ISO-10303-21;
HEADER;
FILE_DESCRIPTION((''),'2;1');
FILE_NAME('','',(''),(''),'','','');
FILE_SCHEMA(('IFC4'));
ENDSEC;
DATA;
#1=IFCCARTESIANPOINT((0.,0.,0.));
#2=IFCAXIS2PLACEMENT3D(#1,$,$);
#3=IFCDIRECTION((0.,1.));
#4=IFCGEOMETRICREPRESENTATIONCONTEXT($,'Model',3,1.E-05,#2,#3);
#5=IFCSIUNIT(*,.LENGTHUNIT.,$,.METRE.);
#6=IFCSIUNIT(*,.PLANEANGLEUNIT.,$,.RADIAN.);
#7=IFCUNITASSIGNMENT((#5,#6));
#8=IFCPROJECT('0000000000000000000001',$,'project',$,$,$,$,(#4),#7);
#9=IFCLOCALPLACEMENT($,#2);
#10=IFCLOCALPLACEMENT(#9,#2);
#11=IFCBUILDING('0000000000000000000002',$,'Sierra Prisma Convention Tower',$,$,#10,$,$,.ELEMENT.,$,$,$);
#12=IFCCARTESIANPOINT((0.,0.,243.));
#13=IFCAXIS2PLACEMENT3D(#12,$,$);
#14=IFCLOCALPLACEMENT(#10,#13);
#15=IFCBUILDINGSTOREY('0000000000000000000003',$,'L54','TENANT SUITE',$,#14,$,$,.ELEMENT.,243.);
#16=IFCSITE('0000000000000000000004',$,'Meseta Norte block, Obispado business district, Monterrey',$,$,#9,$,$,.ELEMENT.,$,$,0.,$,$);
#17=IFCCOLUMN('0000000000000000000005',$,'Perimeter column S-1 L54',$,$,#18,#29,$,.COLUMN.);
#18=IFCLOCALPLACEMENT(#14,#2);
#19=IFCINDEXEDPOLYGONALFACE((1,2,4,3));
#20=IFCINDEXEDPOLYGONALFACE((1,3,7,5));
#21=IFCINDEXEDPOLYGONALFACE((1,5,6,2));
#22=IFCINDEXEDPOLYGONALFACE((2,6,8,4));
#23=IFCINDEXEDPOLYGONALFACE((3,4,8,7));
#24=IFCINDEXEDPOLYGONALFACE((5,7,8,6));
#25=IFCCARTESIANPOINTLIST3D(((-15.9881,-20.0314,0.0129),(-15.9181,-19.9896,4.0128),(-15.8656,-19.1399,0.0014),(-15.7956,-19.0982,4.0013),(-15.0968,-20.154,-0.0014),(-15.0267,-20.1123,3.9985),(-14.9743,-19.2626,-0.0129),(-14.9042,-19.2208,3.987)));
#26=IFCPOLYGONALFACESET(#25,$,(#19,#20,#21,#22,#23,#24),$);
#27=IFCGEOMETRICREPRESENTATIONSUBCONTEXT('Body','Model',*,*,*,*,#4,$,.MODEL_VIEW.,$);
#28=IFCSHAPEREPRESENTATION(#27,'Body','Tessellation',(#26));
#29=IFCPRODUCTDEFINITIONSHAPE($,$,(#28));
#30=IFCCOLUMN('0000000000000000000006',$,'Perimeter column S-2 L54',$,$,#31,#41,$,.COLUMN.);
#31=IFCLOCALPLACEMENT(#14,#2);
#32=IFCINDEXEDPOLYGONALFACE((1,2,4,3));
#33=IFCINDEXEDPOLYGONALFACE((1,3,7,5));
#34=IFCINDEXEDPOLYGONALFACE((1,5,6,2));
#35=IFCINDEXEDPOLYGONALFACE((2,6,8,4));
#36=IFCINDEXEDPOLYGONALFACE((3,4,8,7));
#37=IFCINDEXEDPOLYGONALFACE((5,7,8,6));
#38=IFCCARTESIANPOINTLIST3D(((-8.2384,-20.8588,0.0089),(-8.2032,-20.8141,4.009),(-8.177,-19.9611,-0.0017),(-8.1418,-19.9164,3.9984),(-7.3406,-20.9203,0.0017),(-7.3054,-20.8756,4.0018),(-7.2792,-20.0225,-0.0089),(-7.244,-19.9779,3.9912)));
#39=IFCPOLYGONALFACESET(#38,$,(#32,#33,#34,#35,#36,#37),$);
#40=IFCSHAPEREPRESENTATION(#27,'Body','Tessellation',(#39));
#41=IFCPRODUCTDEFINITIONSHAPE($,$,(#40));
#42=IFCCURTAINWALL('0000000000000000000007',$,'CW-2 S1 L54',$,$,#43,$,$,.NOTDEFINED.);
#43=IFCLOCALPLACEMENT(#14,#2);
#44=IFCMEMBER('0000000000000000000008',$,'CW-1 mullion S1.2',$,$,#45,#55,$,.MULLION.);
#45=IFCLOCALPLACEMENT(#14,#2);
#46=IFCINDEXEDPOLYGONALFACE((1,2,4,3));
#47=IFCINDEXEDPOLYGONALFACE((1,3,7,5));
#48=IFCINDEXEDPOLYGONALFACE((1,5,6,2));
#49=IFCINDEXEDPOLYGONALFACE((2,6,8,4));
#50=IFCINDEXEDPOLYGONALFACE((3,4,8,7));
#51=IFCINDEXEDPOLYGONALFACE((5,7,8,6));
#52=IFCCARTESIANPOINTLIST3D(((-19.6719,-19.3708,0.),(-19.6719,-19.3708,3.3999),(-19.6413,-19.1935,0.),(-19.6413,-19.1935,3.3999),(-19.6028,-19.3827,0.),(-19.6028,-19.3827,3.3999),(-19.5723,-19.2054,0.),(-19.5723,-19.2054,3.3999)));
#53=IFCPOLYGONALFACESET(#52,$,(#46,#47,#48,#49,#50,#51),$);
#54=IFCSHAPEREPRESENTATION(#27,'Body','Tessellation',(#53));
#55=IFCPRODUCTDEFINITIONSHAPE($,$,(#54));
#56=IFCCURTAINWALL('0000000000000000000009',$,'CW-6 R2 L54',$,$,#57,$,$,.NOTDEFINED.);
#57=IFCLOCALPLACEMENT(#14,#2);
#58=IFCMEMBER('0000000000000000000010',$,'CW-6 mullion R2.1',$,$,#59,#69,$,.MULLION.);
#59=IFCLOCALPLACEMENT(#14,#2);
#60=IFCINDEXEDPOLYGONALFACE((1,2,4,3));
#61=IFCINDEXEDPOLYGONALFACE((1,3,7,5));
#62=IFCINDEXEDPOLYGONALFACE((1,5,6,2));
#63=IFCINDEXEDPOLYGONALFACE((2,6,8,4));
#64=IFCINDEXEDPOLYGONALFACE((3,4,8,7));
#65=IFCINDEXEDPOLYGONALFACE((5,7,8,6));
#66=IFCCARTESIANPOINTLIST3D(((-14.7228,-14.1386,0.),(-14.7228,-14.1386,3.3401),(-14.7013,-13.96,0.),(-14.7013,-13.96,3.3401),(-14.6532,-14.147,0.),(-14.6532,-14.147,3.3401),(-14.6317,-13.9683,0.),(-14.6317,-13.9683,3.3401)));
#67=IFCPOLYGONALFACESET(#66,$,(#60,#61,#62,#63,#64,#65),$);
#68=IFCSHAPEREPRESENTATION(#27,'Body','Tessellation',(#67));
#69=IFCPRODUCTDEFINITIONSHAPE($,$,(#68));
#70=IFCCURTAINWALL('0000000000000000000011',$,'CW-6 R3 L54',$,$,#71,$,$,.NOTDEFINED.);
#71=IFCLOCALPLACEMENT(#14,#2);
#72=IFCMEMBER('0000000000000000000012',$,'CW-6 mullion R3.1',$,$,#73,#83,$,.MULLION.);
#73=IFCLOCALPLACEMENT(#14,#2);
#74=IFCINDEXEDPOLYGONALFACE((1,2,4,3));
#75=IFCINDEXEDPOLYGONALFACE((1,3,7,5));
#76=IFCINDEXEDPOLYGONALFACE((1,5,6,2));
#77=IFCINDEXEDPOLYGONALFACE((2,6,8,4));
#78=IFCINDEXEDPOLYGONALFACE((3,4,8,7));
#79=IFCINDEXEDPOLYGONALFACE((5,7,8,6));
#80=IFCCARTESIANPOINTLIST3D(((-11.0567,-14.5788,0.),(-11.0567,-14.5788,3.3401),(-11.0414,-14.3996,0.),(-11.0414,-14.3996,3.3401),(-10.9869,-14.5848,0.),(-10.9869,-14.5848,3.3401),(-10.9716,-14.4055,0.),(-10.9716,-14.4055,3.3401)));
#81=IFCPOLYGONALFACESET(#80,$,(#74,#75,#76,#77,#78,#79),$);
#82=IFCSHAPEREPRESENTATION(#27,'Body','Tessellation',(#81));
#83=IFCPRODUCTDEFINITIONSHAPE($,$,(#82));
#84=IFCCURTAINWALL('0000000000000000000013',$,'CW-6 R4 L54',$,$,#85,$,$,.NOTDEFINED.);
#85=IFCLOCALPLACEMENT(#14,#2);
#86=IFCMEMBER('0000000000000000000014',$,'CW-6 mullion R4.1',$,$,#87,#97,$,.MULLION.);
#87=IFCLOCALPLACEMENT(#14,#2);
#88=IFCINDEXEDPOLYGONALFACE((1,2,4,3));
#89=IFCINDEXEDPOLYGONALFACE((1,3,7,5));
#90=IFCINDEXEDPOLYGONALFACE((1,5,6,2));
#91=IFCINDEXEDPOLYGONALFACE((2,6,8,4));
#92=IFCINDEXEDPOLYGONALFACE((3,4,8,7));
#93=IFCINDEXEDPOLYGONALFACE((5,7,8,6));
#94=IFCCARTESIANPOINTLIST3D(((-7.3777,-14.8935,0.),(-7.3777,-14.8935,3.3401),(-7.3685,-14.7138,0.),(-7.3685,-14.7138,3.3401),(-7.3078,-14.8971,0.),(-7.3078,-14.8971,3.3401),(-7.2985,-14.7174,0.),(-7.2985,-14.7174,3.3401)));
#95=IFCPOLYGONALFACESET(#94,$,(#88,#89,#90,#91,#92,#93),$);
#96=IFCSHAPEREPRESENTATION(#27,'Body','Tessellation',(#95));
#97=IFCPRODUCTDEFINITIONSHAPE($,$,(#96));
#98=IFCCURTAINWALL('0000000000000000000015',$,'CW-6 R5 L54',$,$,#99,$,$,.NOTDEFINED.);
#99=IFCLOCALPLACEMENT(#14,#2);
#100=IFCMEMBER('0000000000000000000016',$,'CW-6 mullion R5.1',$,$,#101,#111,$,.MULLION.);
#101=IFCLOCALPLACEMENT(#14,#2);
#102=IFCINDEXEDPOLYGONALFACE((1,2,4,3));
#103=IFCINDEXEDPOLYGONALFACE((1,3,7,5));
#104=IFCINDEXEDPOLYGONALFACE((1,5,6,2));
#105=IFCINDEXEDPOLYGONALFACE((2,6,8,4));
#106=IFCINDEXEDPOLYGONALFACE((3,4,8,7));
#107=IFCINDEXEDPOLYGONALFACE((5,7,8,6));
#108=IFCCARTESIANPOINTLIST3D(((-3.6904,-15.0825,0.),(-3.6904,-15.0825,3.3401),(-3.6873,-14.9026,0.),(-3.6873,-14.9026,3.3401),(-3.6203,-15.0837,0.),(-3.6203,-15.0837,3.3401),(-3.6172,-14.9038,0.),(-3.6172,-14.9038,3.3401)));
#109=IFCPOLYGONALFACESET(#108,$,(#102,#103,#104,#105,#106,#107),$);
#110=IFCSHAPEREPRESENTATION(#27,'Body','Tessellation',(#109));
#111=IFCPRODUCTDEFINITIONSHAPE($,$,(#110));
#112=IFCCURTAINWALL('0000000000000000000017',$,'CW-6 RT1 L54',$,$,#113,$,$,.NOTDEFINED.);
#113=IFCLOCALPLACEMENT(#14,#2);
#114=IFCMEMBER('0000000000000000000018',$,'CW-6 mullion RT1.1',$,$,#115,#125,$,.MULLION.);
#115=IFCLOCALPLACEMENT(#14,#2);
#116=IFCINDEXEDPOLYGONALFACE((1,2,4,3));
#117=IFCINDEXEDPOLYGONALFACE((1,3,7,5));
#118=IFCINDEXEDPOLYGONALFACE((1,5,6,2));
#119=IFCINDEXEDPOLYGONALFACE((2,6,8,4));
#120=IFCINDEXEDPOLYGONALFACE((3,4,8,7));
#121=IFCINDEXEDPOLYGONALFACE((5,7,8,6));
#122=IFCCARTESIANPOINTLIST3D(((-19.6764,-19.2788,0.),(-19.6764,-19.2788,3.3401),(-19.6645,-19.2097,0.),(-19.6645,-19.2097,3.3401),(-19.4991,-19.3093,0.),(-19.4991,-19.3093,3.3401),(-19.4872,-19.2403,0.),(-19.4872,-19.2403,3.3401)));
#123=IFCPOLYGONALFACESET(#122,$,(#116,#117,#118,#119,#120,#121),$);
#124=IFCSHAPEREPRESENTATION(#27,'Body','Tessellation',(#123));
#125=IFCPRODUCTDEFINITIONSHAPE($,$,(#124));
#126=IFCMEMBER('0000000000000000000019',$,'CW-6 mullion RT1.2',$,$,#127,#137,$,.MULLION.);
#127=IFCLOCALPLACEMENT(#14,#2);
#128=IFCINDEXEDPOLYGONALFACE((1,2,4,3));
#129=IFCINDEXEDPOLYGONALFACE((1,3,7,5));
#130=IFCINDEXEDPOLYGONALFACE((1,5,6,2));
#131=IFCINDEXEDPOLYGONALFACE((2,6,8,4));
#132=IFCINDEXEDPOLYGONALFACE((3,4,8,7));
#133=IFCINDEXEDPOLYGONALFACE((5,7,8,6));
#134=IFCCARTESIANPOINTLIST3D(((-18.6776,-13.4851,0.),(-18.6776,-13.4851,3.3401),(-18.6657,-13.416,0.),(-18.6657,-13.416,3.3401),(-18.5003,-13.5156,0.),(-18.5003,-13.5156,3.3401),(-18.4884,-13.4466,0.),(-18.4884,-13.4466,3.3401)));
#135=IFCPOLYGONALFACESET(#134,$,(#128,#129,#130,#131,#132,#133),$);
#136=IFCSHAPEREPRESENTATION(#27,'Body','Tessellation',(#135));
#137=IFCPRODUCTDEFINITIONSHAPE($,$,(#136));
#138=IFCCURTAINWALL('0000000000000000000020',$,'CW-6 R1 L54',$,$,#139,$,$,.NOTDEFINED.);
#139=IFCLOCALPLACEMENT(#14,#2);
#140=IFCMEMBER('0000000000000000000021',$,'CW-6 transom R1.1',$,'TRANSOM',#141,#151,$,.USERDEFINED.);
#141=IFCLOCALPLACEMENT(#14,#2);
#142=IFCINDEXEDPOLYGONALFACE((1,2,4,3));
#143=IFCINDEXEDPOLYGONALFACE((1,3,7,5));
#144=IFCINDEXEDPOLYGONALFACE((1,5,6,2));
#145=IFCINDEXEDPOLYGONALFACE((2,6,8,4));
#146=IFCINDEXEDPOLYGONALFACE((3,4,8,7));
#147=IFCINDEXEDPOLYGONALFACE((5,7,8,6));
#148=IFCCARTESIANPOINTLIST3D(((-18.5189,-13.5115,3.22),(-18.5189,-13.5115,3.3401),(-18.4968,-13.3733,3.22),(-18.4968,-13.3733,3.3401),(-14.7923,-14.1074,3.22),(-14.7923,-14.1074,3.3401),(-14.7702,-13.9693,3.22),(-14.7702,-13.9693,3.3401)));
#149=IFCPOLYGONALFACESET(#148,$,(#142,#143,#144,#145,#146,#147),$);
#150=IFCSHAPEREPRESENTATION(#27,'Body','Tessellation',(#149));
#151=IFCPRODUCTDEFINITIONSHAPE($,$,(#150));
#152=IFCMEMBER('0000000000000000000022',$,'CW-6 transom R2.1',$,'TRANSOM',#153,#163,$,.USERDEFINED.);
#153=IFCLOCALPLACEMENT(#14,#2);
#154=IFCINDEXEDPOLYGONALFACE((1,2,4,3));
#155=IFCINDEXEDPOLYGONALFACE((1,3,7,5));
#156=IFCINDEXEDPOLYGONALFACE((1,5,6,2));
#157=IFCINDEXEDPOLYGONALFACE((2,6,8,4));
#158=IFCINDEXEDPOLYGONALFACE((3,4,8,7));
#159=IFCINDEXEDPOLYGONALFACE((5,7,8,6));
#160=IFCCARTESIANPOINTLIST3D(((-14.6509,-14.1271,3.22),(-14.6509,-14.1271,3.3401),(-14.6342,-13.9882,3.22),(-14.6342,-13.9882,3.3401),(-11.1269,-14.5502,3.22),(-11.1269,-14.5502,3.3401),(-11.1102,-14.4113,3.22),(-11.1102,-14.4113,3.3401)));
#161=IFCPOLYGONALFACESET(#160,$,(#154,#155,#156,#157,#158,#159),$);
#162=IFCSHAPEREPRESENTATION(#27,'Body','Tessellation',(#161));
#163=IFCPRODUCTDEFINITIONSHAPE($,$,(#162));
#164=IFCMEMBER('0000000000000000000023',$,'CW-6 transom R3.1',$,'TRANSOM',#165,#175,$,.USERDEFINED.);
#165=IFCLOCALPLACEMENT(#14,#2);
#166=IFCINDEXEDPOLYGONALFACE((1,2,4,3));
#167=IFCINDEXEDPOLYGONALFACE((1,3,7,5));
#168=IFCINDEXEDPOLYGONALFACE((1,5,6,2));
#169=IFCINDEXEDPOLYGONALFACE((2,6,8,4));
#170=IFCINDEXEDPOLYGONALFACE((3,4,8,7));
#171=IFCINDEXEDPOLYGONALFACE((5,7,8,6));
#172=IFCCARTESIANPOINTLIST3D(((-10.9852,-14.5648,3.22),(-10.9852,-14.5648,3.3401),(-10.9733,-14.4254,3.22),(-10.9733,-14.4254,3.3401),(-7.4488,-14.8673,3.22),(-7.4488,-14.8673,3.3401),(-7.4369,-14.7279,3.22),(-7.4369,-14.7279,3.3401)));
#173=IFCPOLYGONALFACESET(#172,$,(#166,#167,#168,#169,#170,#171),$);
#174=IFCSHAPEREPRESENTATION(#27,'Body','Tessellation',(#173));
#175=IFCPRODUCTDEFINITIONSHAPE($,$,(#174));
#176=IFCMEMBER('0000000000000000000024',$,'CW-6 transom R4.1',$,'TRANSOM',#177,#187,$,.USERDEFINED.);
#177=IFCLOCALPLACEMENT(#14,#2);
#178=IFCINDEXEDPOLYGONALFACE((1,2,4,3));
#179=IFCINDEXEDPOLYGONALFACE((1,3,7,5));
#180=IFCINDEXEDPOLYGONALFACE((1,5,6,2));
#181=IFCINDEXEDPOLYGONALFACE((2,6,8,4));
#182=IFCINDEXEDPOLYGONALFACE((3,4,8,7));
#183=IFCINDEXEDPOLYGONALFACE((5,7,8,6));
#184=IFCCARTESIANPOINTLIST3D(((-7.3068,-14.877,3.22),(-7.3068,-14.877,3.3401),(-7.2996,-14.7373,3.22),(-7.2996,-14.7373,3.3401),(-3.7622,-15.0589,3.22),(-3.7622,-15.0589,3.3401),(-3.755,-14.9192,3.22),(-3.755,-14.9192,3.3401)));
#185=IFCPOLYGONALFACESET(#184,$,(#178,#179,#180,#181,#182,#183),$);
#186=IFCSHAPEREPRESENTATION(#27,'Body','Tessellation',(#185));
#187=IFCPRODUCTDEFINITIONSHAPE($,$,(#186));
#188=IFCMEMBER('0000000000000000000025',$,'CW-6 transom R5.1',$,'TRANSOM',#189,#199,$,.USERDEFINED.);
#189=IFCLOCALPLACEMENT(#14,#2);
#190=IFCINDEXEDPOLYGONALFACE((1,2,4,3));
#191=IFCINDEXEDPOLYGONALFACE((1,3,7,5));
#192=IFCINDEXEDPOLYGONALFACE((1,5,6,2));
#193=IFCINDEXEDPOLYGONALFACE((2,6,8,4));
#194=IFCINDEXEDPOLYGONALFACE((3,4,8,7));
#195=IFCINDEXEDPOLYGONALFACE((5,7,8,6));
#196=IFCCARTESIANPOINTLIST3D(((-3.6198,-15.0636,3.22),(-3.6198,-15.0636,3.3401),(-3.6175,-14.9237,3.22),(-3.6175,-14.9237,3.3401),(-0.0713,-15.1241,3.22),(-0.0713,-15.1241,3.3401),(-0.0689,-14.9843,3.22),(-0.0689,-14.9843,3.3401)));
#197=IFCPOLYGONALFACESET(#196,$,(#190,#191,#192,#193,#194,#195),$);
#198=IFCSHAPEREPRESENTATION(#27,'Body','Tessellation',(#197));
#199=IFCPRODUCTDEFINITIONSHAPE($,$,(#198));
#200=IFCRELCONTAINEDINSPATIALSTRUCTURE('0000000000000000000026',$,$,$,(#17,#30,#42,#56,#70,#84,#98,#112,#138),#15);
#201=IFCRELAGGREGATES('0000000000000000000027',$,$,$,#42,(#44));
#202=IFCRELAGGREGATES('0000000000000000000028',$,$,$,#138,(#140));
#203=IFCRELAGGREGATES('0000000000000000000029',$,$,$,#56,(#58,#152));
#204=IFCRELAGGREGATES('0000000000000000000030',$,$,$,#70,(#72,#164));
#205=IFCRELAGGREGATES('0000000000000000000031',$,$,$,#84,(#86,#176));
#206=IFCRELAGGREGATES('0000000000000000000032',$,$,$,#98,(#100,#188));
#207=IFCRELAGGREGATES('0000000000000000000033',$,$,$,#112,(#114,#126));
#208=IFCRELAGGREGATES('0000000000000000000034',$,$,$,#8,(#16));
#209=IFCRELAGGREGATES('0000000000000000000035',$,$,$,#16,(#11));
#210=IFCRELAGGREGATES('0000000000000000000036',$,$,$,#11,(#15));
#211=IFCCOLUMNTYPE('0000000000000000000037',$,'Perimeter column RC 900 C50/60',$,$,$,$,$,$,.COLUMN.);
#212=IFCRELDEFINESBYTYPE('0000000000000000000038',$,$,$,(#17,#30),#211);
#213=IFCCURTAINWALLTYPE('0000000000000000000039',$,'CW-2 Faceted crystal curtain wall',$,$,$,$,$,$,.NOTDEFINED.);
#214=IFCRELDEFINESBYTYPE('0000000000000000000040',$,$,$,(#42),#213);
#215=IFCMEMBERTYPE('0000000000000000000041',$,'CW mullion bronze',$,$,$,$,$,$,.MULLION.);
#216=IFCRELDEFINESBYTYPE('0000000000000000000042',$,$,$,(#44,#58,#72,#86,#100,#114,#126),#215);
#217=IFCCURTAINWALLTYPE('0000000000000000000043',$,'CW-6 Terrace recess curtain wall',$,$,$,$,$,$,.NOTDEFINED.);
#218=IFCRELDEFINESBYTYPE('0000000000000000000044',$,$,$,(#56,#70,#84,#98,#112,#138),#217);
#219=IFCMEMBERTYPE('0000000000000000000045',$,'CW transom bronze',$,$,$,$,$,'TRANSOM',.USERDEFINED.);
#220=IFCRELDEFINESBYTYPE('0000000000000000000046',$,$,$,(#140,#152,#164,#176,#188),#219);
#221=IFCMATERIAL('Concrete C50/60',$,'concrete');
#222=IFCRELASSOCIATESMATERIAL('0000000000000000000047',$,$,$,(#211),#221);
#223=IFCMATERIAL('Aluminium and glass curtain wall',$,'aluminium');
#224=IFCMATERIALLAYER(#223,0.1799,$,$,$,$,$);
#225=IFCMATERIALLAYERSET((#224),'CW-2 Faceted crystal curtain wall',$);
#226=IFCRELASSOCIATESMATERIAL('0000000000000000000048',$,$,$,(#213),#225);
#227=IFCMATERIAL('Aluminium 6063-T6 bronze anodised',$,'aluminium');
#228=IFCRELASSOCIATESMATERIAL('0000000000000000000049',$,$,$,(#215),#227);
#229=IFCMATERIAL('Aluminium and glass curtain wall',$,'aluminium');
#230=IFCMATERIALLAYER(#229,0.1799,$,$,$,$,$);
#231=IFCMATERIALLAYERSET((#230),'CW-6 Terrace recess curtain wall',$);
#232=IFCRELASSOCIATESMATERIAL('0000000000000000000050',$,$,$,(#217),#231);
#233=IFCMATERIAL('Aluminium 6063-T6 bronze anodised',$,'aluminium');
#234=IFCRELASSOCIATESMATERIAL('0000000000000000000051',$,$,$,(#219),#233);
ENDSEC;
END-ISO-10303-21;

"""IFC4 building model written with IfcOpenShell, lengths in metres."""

from ifc_helpers import new_model, si_unit, direction, frame, origin, origin_2d, place, context, subcontext, project, spatial, rectangle, extrude, material, layer, layer_set, material_profile, profile_set, type_object, element, aggregate, save


model = new_model("IFC4")

# Units and contexts
model_context = context("Model", 3, precision=1e-05, world=origin(), true_north=direction((0.0, 1.0)))
body_context = subcontext(model_context, "Body", "Model", "MODEL_VIEW")
ifc_project = project(units=[si_unit("LENGTHUNIT", "METRE"), si_unit("PLANEANGLEUNIT", "RADIAN")], contexts=[model_context])

# Site, building, storey
site_placement = place(None, origin())
site = spatial("IfcSite", under=ifc_project, at=site_placement, Name="Meseta Norte block, Obispado business district, Monterrey", CompositionType="ELEMENT", RefElevation=0.0)
building_placement = place(site_placement, origin())
building = spatial("IfcBuilding", under=site, at=building_placement, Name="Sierra Prisma Convention Tower", CompositionType="ELEMENT")
storey_placement = place(building_placement, frame((0.0, 0.0, 243.0)))
storey = spatial("IfcBuildingStorey", under=building, at=storey_placement, Name="L54", Description="TENANT SUITE", CompositionType="ELEMENT", Elevation=243.0)

# Columns
ifc_material_1 = material(Name="Concrete C50/60", Category="concrete")
ifc_material_profile_1 = material_profile(ifc_material_1, rectangle(XDim=0.8999, YDim=0.8999, at=origin_2d()), Name="Perimeter column RC 900 C50/60")
ifc_profile_set_1 = profile_set([ifc_material_profile_1], Name="Concrete C50/60")
column_type = type_object("IfcColumnType", Name="Perimeter column RC 900 C50/60", PredefinedType="COLUMN", material=ifc_profile_set_1)
column_1_placement = place(storey_placement, frame((-15.4812, -19.647, 0.0), z_axis=(0.017513, 0.010435, 0.999792), x_axis=(-0.990536, 0.136323, 0.015929)))
element("IfcColumn", 1, at=column_1_placement, inside=storey, type_object=column_type, Name="Perimeter column S-1 L54", PredefinedType="COLUMN", context=body_context, shape_type="SweptSolid", body=[
    extrude(rectangle(XDim=0.8999, YDim=0.8999, at=origin_2d()), origin(), (0.0, 0.0, 1.0), 4.0007),
])
column_2_placement = place(storey_placement, frame((-7.7588, -20.4407, 0.0), z_axis=(0.008788, 0.011168, 0.999899), x_axis=(-0.997631, 0.068328, 0.008005)))
element("IfcColumn", 2, at=column_2_placement, inside=storey, type_object=column_type, Name="Perimeter column S-2 L54", PredefinedType="COLUMN", context=body_context, shape_type="SweptSolid", body=[
    extrude(rectangle(XDim=0.8999, YDim=0.8999, at=origin_2d()), origin(), (0.0, 0.0, 1.0), 4.0005),
])

# Curtain walls, members
ifc_material_2 = material(Name="Aluminium and glass curtain wall", Category="aluminium")
ifc_layer_1 = layer(ifc_material_2, 0.1799)
ifc_layer_set_1 = layer_set([ifc_layer_1], Name="CW-2 Faceted crystal curtain wall")
curtain_wall_type_1 = type_object("IfcCurtainWallType", Name="CW-2 Faceted crystal curtain wall", PredefinedType="NOTDEFINED", material=ifc_layer_set_1)
curtain_wall_1_placement = place(storey_placement, origin())
curtain_wall_1 = element("IfcCurtainWall", 3, at=curtain_wall_1_placement, inside=storey, type_object=curtain_wall_type_1, Name="CW-2 S1 L54", PredefinedType="NOTDEFINED")
ifc_material_3 = material(Name="Aluminium 6063-T6 bronze anodised", Category="aluminium")
ifc_material_profile_2 = material_profile(ifc_material_3, rectangle(XDim=0.1799, YDim=0.0701, at=origin_2d()), Name="ALU MULLION 70x180")
ifc_profile_set_2 = profile_set([ifc_material_profile_2], Name="Aluminium 6063-T6 bronze anodised")
member_type_1 = type_object("IfcMemberType", Name="CW mullion bronze", PredefinedType="MULLION", material=ifc_profile_set_2)
member_1_placement = place(storey_placement, frame((-19.6221, -19.2881, 0.0), z_axis=(0.0, 0.0, 1.0), x_axis=(0.16989, 0.985463, 0.0)))
member_1 = element("IfcMember", 4, at=member_1_placement, type_object=member_type_1, Name="CW-1 mullion S1.2", PredefinedType="MULLION", context=body_context, shape_type="SweptSolid", body=[
    extrude(rectangle(XDim=0.1799, YDim=0.0701, at=origin_2d()), origin(), (0.0, 0.0, 1.0), 3.3999),
])
aggregate(curtain_wall_1, [member_1])
ifc_material_4 = material(Name="Aluminium and glass curtain wall", Category="aluminium")
ifc_layer_2 = layer(ifc_material_4, 0.1799)
ifc_layer_set_2 = layer_set([ifc_layer_2], Name="CW-6 Terrace recess curtain wall")
curtain_wall_type_2 = type_object("IfcCurtainWallType", Name="CW-6 Terrace recess curtain wall", PredefinedType="NOTDEFINED", material=ifc_layer_set_2)
curtain_wall_2_placement = place(storey_placement, origin())
curtain_wall_2 = element("IfcCurtainWall", 5, at=curtain_wall_2_placement, inside=storey, type_object=curtain_wall_type_2, Name="CW-6 R2 L54", PredefinedType="NOTDEFINED")
member_2_placement = place(storey_placement, frame((-14.6772, -14.0535, 0.0), z_axis=(0.0, 0.0, 1.0), x_axis=(0.119218, 0.992868, 0.0)))
member_2 = element("IfcMember", 6, at=member_2_placement, type_object=member_type_1, Name="CW-6 mullion R2.1", PredefinedType="MULLION", context=body_context, shape_type="SweptSolid", body=[
    extrude(rectangle(XDim=0.1799, YDim=0.0701, at=origin_2d()), origin(), (0.0, 0.0, 1.0), 3.3401),
])
curtain_wall_3_placement = place(storey_placement, origin())
curtain_wall_3 = element("IfcCurtainWall", 7, at=curtain_wall_3_placement, inside=storey, type_object=curtain_wall_type_2, Name="CW-6 R3 L54", PredefinedType="NOTDEFINED")
member_3_placement = place(storey_placement, frame((-11.0142, -14.4922, 0.0), z_axis=(0.0, 0.0, 1.0), x_axis=(0.085255, 0.996359, 0.0)))
member_3 = element("IfcMember", 8, at=member_3_placement, type_object=member_type_1, Name="CW-6 mullion R3.1", PredefinedType="MULLION", context=body_context, shape_type="SweptSolid", body=[
    extrude(rectangle(XDim=0.1799, YDim=0.0701, at=origin_2d()), origin(), (0.0, 0.0, 1.0), 3.3401),
])
curtain_wall_4_placement = place(storey_placement, origin())
curtain_wall_4 = element("IfcCurtainWall", 9, at=curtain_wall_4_placement, inside=storey, type_object=curtain_wall_type_2, Name="CW-6 R4 L54", PredefinedType="NOTDEFINED")
member_4_placement = place(storey_placement, frame((-7.3381, -14.8054, 0.0), z_axis=(0.0, 0.0, 1.0), x_axis=(0.051193, 0.998689, 0.0)))
member_4 = element("IfcMember", 10, at=member_4_placement, type_object=member_type_1, Name="CW-6 mullion R4.1", PredefinedType="MULLION", context=body_context, shape_type="SweptSolid", body=[
    extrude(rectangle(XDim=0.1799, YDim=0.0701, at=origin_2d()), origin(), (0.0, 0.0, 1.0), 3.3401),
])
curtain_wall_5_placement = place(storey_placement, origin())
curtain_wall_5 = element("IfcCurtainWall", 11, at=curtain_wall_5_placement, inside=storey, type_object=curtain_wall_type_2, Name="CW-6 R5 L54", PredefinedType="NOTDEFINED")
member_5_placement = place(storey_placement, frame((-3.6538, -14.9932, 0.0), z_axis=(0.0, 0.0, 1.0), x_axis=(0.017071, 0.999854, 0.0)))
member_5 = element("IfcMember", 12, at=member_5_placement, type_object=member_type_1, Name="CW-6 mullion R5.1", PredefinedType="MULLION", context=body_context, shape_type="SweptSolid", body=[
    extrude(rectangle(XDim=0.1799, YDim=0.0701, at=origin_2d()), origin(), (0.0, 0.0, 1.0), 3.3401),
])

# Curtain wall, members
curtain_wall_6_placement = place(storey_placement, origin())
curtain_wall_6 = element("IfcCurtainWall", 13, at=curtain_wall_6_placement, inside=storey, type_object=curtain_wall_type_2, Name="CW-6 RT1 L54", PredefinedType="NOTDEFINED")
member_6_placement = place(storey_placement, frame((-19.5818, -19.2595, 0.0), z_axis=(0.0, 0.0, 1.0), x_axis=(-0.985463, 0.16989, 0.0)))
member_6 = element("IfcMember", 14, at=member_6_placement, type_object=member_type_1, Name="CW-6 mullion RT1.1", PredefinedType="MULLION", context=body_context, shape_type="SweptSolid", body=[
    extrude(rectangle(XDim=0.1799, YDim=0.0701, at=origin_2d()), origin(), (0.0, 0.0, 1.0), 3.3401),
])
member_7_placement = place(storey_placement, frame((-18.583, -13.4658, 0.0), z_axis=(0.0, 0.0, 1.0), x_axis=(-0.985463, 0.16989, 0.0)))
member_7 = element("IfcMember", 15, at=member_7_placement, type_object=member_type_1, Name="CW-6 mullion RT1.2", PredefinedType="MULLION", context=body_context, shape_type="SweptSolid", body=[
    extrude(rectangle(XDim=0.1799, YDim=0.0701, at=origin_2d()), origin(), (0.0, 0.0, 1.0), 3.3401),
])

# Curtain wall, member
curtain_wall_7_placement = place(storey_placement, origin())
curtain_wall_7 = element("IfcCurtainWall", 16, at=curtain_wall_7_placement, inside=storey, type_object=curtain_wall_type_2, Name="CW-6 R1 L54", PredefinedType="NOTDEFINED")
ifc_material_5 = material(Name="Aluminium 6063-T6 bronze anodised", Category="aluminium")
ifc_material_profile_3 = material_profile(ifc_material_5, rectangle(XDim=0.1399, YDim=0.1201, at=origin_2d()), Name="ALU TRANSOM 120x140")
ifc_profile_set_3 = profile_set([ifc_material_profile_3], Name="Aluminium 6063-T6 bronze anodised")
member_type_2 = type_object("IfcMemberType", Name="CW transom bronze", ElementType="TRANSOM", PredefinedType="USERDEFINED", material=ifc_profile_set_3)
member_8_placement = place(storey_placement, frame((-18.5078, -13.4424, 3.28), z_axis=(0.987453, -0.157912, 0.0), x_axis=(0.157912, 0.987453, 0.0)))
member_8 = element("IfcMember", 17, at=member_8_placement, type_object=member_type_2, Name="CW-6 transom R1.1", ObjectType="TRANSOM", PredefinedType="USERDEFINED", context=body_context, shape_type="SweptSolid", body=[
    extrude(rectangle(XDim=0.1399, YDim=0.1201, at=origin_2d()), origin(), (0.0, 0.0, 1.0), 3.7739),
])

# Members
member_9_placement = place(storey_placement, frame((-14.6426, -14.0576, 3.28), z_axis=(0.992869, -0.119208, 0.0), x_axis=(0.119208, 0.992869, 0.0)))
member_9 = element("IfcMember", 18, at=member_9_placement, type_object=member_type_2, Name="CW-6 transom R2.1", ObjectType="TRANSOM", PredefinedType="USERDEFINED", context=body_context, shape_type="SweptSolid", body=[
    extrude(rectangle(XDim=0.1399, YDim=0.1201, at=origin_2d()), origin(), (0.0, 0.0, 1.0), 3.5493),
])
member_10_placement = place(storey_placement, frame((-10.9792, -14.4951, 3.28), z_axis=(0.996362, -0.085226, 0.0), x_axis=(0.085226, 0.996362, 0.0)))
member_10 = element("IfcMember", 19, at=member_10_placement, type_object=member_type_2, Name="CW-6 transom R3.1", ObjectType="TRANSOM", PredefinedType="USERDEFINED", context=body_context, shape_type="SweptSolid", body=[
    extrude(rectangle(XDim=0.1399, YDim=0.1201, at=origin_2d()), origin(), (0.0, 0.0, 1.0), 3.5493),
])
member_11_placement = place(storey_placement, frame((-7.3032, -14.8071, 3.28), z_axis=(0.998686, -0.051245, 0.0), x_axis=(0.051245, 0.998686, 0.0)))
member_11 = element("IfcMember", 20, at=member_11_placement, type_object=member_type_2, Name="CW-6 transom R4.1", ObjectType="TRANSOM", PredefinedType="USERDEFINED", context=body_context, shape_type="SweptSolid", body=[
    extrude(rectangle(XDim=0.1399, YDim=0.1201, at=origin_2d()), origin(), (0.0, 0.0, 1.0), 3.5493),
])
member_12_placement = place(storey_placement, frame((-3.6187, -14.9937, 3.28), z_axis=(0.999854, -0.01706, 0.0), x_axis=(0.01706, 0.999854, 0.0)))
member_12 = element("IfcMember", 21, at=member_12_placement, type_object=member_type_2, Name="CW-6 transom R5.1", ObjectType="TRANSOM", PredefinedType="USERDEFINED", context=body_context, shape_type="SweptSolid", body=[
    extrude(rectangle(XDim=0.1399, YDim=0.1201, at=origin_2d()), origin(), (0.0, 0.0, 1.0), 3.5491),
])

aggregate(curtain_wall_7, [member_8])
aggregate(curtain_wall_2, [member_2, member_9])
aggregate(curtain_wall_3, [member_3, member_10])
aggregate(curtain_wall_4, [member_4, member_11])
aggregate(curtain_wall_5, [member_5, member_12])
aggregate(curtain_wall_6, [member_6, member_7])

save(model, "model.ifc")
